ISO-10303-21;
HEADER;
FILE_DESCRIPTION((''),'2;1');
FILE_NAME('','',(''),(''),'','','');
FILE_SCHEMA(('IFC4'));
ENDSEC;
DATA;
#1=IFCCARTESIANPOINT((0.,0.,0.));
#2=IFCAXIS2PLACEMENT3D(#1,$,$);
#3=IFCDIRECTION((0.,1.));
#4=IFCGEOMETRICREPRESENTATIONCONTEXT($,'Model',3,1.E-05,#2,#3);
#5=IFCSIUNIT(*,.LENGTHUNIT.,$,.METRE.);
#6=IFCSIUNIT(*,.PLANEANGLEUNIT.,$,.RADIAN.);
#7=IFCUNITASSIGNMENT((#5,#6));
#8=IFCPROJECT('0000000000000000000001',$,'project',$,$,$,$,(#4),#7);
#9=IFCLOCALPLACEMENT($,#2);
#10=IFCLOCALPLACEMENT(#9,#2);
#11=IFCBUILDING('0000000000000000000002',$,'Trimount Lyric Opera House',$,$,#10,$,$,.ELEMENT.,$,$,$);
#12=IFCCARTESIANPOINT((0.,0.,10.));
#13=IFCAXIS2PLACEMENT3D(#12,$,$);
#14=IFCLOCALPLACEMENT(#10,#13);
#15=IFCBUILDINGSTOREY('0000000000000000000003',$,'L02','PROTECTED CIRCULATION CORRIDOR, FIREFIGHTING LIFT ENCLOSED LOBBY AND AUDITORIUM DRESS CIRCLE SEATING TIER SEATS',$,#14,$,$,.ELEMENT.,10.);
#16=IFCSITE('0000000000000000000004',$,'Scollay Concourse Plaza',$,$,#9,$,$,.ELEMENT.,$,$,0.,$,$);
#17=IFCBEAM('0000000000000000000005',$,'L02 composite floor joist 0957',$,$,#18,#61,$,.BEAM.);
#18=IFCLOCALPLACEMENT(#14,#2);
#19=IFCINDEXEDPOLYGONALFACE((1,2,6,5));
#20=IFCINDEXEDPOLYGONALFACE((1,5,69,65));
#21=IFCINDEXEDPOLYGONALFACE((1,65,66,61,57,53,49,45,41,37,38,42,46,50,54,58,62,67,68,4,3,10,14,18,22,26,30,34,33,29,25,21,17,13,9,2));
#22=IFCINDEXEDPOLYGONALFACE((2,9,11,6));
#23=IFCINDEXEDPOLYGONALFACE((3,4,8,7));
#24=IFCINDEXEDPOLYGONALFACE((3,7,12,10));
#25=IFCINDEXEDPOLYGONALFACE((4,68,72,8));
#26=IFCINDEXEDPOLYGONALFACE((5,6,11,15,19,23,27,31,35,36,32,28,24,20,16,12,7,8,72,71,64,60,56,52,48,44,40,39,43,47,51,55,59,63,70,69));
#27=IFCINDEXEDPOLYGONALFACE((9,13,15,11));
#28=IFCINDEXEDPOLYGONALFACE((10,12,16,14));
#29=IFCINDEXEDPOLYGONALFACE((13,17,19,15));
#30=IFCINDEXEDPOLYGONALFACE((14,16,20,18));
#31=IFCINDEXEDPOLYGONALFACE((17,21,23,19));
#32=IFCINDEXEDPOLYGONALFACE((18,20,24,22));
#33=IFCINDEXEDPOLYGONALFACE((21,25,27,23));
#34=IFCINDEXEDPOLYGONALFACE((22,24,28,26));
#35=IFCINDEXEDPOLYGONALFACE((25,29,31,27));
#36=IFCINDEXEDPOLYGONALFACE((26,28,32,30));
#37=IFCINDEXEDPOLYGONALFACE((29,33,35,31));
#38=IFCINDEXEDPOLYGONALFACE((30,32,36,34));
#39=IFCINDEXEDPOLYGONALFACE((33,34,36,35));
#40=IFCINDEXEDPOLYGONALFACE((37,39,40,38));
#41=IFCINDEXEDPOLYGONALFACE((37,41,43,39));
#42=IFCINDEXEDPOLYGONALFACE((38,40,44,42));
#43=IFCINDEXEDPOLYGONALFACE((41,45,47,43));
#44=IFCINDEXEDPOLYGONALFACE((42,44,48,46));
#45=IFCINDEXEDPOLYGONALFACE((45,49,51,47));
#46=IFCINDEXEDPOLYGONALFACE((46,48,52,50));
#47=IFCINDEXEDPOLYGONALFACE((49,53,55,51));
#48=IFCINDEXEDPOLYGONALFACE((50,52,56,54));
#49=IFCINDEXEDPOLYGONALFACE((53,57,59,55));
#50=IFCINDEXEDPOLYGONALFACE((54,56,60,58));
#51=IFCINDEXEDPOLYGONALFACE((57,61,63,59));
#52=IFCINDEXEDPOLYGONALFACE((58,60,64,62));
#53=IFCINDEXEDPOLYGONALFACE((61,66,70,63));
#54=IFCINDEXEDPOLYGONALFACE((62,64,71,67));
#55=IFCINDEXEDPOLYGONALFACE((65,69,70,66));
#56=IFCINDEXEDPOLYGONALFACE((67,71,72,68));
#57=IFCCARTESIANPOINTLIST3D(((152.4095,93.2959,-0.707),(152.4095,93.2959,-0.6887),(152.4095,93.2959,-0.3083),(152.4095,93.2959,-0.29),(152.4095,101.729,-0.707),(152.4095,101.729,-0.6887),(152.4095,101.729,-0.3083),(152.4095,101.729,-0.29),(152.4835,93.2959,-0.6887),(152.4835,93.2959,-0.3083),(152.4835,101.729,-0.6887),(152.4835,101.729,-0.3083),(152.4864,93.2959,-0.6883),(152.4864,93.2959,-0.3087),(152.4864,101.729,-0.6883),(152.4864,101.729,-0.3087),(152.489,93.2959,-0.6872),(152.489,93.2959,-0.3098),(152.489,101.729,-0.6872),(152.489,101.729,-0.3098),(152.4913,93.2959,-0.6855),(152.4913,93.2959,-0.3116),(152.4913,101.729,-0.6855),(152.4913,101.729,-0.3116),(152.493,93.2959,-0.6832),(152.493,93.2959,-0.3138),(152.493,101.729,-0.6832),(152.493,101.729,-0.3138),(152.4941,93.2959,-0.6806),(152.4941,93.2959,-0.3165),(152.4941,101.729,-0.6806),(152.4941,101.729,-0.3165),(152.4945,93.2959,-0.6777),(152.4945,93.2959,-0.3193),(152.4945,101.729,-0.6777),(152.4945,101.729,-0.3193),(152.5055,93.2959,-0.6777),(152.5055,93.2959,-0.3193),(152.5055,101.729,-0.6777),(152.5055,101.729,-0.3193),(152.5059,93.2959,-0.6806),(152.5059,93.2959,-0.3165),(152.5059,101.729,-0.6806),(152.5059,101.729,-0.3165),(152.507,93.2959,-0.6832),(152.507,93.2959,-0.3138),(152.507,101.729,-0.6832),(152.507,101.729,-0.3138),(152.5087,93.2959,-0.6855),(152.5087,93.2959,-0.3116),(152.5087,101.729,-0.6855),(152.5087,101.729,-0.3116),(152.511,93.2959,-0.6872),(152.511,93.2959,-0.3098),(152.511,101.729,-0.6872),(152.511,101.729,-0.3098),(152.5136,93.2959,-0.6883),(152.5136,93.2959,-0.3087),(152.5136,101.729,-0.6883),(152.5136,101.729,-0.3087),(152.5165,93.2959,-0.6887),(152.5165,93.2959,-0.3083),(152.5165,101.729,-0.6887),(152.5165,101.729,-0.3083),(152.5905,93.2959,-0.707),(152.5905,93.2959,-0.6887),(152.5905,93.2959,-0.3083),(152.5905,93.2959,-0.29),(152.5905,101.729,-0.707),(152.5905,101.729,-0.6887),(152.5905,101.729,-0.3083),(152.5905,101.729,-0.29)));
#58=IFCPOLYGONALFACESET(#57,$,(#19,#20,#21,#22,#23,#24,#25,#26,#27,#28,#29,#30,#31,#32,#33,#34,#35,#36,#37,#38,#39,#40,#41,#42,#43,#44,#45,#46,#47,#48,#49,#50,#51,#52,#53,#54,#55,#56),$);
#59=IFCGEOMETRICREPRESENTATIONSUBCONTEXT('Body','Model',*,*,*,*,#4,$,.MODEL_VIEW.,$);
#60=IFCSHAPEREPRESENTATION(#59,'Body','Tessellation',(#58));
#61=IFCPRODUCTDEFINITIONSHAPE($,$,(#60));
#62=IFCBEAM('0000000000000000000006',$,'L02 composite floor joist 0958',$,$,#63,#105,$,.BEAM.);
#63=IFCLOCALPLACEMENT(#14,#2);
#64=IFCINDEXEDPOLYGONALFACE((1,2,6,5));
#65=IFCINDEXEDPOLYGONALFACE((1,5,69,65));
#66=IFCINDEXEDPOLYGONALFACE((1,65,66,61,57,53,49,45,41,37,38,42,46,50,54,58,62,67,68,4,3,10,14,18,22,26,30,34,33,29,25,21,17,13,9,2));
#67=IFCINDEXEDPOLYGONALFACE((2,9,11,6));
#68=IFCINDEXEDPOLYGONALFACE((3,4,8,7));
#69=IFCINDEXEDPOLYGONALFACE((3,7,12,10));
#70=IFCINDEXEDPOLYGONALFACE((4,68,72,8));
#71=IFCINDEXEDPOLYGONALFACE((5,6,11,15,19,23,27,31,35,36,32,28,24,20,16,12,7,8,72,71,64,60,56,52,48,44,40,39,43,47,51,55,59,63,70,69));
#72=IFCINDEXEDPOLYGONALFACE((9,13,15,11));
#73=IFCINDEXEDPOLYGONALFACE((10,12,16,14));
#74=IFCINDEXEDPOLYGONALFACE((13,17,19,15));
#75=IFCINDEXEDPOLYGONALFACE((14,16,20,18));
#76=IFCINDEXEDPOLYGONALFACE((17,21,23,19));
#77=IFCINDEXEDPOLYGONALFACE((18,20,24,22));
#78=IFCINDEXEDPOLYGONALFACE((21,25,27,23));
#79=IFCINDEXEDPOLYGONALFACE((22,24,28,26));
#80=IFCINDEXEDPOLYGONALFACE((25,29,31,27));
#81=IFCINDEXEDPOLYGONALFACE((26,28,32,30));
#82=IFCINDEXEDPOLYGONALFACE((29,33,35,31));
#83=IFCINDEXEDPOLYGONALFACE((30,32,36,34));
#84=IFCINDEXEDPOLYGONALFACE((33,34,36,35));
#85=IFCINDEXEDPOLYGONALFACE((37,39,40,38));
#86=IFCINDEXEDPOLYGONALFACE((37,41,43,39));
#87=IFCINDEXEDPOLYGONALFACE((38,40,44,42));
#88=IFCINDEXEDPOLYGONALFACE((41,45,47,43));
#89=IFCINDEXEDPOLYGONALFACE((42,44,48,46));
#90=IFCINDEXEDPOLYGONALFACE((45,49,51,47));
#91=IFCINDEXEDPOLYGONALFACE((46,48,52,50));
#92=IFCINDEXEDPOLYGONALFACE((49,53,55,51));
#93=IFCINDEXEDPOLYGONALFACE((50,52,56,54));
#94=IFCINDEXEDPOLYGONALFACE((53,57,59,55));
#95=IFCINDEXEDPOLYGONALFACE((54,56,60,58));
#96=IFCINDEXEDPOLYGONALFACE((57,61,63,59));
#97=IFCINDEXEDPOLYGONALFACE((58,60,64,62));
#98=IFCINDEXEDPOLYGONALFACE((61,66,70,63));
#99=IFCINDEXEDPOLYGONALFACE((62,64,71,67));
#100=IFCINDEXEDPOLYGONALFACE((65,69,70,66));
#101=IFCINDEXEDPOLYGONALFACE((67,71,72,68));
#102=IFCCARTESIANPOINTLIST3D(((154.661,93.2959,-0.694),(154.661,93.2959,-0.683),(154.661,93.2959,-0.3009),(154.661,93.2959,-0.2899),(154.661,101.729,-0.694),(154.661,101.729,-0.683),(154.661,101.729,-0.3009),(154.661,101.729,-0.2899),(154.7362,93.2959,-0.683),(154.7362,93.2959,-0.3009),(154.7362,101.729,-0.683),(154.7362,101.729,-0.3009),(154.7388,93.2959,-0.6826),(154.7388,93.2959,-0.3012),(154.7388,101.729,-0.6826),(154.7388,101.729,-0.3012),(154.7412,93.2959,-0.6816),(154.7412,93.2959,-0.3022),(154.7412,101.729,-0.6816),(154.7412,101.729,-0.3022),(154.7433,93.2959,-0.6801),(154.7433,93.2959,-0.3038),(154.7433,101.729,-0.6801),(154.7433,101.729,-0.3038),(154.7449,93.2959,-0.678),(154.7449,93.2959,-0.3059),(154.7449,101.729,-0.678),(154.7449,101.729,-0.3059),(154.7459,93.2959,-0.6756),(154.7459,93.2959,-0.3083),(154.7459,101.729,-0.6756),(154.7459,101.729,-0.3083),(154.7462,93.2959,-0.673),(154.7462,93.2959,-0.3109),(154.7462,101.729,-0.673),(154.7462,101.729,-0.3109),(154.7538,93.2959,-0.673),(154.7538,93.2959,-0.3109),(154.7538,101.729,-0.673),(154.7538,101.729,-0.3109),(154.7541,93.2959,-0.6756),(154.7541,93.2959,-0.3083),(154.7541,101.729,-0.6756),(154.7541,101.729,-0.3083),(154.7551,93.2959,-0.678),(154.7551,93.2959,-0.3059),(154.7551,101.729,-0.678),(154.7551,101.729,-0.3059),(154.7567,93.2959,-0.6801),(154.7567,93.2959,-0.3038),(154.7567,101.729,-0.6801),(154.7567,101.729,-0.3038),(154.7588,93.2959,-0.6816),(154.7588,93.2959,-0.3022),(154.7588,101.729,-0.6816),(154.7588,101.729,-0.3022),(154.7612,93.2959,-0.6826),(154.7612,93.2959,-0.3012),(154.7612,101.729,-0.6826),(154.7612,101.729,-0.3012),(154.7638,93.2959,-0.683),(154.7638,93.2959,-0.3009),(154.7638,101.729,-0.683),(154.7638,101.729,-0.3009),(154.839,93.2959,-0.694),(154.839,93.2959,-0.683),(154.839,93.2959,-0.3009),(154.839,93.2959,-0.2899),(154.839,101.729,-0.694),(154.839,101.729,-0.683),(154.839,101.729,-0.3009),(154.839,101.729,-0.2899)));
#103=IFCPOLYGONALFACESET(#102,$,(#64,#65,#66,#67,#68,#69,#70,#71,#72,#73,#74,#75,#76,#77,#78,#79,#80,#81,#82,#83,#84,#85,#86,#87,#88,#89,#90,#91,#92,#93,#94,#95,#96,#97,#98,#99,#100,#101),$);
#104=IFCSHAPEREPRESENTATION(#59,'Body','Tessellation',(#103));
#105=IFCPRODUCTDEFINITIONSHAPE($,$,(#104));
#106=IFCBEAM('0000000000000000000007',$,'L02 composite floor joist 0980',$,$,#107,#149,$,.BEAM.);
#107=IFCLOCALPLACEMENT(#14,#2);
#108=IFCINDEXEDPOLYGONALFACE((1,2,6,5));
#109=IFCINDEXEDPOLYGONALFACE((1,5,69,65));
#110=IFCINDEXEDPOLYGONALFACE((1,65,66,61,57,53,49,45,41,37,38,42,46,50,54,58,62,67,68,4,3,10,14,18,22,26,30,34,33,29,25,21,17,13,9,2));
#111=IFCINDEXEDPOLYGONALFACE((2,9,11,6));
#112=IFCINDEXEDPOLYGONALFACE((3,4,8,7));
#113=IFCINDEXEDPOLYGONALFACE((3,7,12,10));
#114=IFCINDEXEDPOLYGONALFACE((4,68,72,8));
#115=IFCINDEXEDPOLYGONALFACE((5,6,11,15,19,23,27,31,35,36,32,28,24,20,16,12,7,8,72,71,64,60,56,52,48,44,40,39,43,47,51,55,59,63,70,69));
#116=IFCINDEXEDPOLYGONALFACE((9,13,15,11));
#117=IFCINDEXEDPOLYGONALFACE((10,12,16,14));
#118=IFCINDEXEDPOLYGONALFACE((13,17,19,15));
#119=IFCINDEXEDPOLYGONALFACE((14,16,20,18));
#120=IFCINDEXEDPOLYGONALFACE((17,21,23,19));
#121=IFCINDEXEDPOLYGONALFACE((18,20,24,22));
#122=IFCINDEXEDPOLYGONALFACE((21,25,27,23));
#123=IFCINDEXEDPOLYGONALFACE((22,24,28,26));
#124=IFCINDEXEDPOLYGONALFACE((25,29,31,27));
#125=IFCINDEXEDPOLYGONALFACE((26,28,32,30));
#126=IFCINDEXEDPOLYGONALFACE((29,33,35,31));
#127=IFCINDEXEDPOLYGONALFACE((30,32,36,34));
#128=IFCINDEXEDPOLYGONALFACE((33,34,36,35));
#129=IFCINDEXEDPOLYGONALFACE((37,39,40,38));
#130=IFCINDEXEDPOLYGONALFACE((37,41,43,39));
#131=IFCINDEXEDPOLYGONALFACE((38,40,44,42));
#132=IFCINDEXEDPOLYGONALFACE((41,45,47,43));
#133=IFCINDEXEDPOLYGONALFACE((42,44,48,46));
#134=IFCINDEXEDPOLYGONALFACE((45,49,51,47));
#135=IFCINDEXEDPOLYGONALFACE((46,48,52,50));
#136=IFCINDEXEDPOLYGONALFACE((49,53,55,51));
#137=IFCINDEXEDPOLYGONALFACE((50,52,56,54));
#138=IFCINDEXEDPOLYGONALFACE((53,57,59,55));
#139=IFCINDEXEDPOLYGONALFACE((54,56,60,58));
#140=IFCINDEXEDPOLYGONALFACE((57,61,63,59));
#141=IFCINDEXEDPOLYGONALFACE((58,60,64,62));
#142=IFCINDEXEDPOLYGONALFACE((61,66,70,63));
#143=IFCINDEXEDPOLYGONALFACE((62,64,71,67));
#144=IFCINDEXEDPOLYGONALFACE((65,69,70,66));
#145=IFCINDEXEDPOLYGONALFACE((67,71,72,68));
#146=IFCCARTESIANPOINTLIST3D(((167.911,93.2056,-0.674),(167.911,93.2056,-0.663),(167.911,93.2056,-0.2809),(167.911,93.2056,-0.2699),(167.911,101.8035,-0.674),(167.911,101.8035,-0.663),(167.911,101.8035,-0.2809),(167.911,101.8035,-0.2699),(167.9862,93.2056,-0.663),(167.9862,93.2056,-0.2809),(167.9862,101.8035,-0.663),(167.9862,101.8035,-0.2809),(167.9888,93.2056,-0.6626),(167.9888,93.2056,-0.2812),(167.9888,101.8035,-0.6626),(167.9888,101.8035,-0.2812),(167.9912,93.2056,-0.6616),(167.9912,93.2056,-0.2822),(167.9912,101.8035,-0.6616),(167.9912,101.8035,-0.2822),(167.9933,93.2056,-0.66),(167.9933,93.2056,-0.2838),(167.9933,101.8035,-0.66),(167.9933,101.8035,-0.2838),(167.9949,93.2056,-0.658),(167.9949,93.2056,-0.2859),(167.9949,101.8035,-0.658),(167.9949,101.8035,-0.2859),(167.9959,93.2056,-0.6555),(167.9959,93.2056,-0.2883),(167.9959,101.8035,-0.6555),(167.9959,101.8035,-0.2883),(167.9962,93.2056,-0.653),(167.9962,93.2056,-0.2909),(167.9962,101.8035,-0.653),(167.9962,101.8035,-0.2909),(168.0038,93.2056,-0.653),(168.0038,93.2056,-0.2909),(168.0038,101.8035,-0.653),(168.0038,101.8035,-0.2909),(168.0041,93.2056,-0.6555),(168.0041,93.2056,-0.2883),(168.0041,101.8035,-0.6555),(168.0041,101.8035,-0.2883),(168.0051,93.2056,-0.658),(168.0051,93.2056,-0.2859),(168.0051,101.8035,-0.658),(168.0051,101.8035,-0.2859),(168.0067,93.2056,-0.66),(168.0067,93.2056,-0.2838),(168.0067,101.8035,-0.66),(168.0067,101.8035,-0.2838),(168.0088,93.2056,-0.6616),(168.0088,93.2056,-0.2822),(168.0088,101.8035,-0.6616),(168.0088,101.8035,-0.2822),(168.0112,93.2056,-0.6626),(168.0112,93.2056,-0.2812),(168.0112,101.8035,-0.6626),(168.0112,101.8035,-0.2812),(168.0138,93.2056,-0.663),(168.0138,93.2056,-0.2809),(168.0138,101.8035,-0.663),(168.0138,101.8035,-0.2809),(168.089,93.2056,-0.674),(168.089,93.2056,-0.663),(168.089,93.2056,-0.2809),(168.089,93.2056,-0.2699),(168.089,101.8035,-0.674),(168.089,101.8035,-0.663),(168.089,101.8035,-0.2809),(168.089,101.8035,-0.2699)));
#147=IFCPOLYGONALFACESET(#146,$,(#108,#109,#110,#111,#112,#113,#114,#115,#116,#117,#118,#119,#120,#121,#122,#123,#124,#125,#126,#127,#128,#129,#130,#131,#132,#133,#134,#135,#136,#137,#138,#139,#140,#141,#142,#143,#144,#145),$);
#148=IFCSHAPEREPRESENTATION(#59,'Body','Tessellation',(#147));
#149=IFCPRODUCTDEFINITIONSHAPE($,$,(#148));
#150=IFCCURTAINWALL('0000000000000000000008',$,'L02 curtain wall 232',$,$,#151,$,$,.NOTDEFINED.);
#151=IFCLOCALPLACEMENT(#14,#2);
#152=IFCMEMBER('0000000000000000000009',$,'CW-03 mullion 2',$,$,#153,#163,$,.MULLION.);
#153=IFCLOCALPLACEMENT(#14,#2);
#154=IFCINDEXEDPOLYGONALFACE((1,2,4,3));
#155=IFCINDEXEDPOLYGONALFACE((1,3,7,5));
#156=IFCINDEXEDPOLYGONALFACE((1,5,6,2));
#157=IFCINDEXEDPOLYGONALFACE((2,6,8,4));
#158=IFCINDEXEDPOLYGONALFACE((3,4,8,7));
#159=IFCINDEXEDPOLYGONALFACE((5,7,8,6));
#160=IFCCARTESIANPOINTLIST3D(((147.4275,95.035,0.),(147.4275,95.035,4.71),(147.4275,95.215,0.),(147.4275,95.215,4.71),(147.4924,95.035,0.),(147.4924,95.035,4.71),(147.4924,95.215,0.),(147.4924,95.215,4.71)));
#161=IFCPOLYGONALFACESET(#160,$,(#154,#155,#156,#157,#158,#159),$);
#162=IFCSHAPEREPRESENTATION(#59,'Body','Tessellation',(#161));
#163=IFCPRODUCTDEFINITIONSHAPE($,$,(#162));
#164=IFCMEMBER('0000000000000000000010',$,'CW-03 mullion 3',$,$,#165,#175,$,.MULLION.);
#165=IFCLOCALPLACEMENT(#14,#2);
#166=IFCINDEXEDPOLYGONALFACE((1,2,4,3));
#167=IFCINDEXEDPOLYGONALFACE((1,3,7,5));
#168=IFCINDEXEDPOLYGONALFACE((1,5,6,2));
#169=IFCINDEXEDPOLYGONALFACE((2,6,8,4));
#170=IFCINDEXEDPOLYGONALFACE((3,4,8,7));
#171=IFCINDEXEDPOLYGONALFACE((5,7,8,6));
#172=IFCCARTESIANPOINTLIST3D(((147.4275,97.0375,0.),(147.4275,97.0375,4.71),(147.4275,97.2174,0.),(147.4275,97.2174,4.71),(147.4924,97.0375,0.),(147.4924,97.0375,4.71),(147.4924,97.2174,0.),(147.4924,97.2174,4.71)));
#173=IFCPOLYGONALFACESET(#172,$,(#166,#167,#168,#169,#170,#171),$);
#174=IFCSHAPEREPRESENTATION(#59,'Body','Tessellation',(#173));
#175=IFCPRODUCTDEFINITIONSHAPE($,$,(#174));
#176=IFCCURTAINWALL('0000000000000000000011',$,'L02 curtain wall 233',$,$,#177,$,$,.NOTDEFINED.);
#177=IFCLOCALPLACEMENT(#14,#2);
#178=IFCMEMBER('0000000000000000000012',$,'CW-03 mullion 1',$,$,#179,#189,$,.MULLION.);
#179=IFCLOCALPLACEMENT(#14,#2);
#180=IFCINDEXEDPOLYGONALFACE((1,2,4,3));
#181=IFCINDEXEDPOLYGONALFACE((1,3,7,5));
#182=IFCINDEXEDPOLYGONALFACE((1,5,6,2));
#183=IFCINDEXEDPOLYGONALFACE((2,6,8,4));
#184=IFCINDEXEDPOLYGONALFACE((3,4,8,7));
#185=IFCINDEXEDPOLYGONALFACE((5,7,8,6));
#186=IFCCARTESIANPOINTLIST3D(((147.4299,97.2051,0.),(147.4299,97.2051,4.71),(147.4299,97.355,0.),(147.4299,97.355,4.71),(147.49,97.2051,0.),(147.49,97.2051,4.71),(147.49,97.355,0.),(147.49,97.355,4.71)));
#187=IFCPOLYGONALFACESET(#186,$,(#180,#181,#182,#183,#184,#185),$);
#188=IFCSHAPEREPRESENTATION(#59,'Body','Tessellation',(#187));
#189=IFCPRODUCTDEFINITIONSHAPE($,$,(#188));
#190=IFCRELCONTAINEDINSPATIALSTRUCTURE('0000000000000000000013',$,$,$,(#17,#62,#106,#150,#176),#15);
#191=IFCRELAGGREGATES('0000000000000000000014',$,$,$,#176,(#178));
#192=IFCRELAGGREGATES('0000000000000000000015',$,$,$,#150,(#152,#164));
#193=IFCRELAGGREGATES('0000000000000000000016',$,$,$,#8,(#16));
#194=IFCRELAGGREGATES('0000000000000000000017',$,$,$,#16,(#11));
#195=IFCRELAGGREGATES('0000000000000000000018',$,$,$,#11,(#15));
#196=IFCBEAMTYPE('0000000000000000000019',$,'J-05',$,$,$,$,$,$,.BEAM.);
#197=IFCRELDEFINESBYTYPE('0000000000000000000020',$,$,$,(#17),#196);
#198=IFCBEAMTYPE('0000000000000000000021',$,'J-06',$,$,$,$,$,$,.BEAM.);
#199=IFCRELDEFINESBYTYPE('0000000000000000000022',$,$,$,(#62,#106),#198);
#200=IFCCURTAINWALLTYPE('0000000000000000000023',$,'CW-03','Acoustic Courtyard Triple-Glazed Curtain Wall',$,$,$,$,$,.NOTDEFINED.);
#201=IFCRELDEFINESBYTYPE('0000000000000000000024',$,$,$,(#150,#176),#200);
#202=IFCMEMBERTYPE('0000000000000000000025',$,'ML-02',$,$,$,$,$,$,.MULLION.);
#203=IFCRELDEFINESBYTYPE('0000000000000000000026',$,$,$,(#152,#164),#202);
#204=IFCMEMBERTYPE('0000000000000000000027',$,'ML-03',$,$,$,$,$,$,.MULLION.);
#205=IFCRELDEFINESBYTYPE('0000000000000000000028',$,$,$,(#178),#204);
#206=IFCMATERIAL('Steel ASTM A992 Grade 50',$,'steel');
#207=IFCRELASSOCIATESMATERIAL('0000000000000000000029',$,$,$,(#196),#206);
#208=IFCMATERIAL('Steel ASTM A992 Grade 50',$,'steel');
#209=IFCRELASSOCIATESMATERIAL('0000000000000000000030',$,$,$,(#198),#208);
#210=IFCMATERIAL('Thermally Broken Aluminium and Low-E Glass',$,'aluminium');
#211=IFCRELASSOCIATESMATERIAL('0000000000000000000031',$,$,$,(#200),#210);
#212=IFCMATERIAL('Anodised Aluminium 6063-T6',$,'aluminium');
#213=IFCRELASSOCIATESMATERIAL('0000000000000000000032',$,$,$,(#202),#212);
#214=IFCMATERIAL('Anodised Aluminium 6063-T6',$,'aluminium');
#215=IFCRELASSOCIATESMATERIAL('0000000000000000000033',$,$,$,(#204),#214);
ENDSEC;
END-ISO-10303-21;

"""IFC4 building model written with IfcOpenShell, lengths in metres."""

from ifc_helpers import new_model, si_unit, direction, frame, origin, origin_2d, place, context, subcontext, project, spatial, rectangle, i_section, extrude, material, material_profile, profile_set, type_object, element, aggregate, save


model = new_model("IFC4")

# Units and contexts
model_context = context("Model", 3, precision=1e-05, world=origin(), true_north=direction((0.0, 1.0)))
body_context = subcontext(model_context, "Body", "Model", "MODEL_VIEW")
ifc_project = project(units=[si_unit("LENGTHUNIT", "METRE"), si_unit("PLANEANGLEUNIT", "RADIAN")], contexts=[model_context])

# Site, building, storey
site_placement = place(None, origin())
site = spatial("IfcSite", under=ifc_project, at=site_placement, Name="Scollay Concourse Plaza", CompositionType="ELEMENT", RefElevation=0.0)
building_placement = place(site_placement, origin())
building = spatial("IfcBuilding", under=site, at=building_placement, Name="Trimount Lyric Opera House", CompositionType="ELEMENT")
storey_placement = place(building_placement, frame((0.0, 0.0, 10.0)))
storey = spatial("IfcBuildingStorey", under=building, at=storey_placement, Name="L02", Description="PROTECTED CIRCULATION CORRIDOR, FIREFIGHTING LIFT ENCLOSED LOBBY AND AUDITORIUM DRESS CIRCLE SEATING TIER SEATS", CompositionType="ELEMENT", Elevation=10.0)

# Beams
ifc_material_1 = material(Name="Steel ASTM A992 Grade 50", Category="steel")
ifc_material_profile_1 = material_profile(ifc_material_1, i_section(OverallWidth=0.1809, OverallDepth=0.417, WebThickness=0.011, FlangeThickness=0.0183, FilletRadius=0.011, at=origin_2d()), Name="W16X57")
ifc_profile_set_1 = profile_set([ifc_material_profile_1], Name="Steel ASTM A992 Grade 50")
beam_type_1 = type_object("IfcBeamType", Name="J-05", PredefinedType="BEAM", material=ifc_profile_set_1)
beam_1_placement = place(storey_placement, frame((152.5, 93.2959, -0.4985), z_axis=(0.0, 1.0, 0.0), x_axis=(-1.0, 0.0, 0.0)))
element("IfcBeam", 1, at=beam_1_placement, inside=storey, type_object=beam_type_1, Name="L02 composite floor joist 0957", PredefinedType="BEAM", context=body_context, shape_type="SweptSolid", body=[
    extrude(i_section(OverallWidth=0.1809, OverallDepth=0.417, WebThickness=0.011, FlangeThickness=0.0183, FilletRadius=0.011, at=origin_2d()), origin(), (0.0, 0.0, 1.0), 8.4331),
])
ifc_material_2 = material(Name="Steel ASTM A992 Grade 50", Category="steel")
ifc_material_profile_2 = material_profile(ifc_material_2, i_section(OverallWidth=0.178, OverallDepth=0.4041, WebThickness=0.0076, FlangeThickness=0.011, FilletRadius=0.01, at=origin_2d()), Name="W16X36")
ifc_profile_set_2 = profile_set([ifc_material_profile_2], Name="Steel ASTM A992 Grade 50")
beam_type_2 = type_object("IfcBeamType", Name="J-06", PredefinedType="BEAM", material=ifc_profile_set_2)
beam_2_placement = place(storey_placement, frame((154.75, 93.2959, -0.4919), z_axis=(0.0, 1.0, 0.0), x_axis=(-1.0, 0.0, 0.0)))
element("IfcBeam", 2, at=beam_2_placement, inside=storey, type_object=beam_type_2, Name="L02 composite floor joist 0958", PredefinedType="BEAM", context=body_context, shape_type="SweptSolid", body=[
    extrude(i_section(OverallWidth=0.178, OverallDepth=0.4041, WebThickness=0.0076, FlangeThickness=0.011, FilletRadius=0.01, at=origin_2d()), origin(), (0.0, 0.0, 1.0), 8.4331),
])
beam_3_placement = place(storey_placement, frame((168.0, 93.2056, -0.4719), z_axis=(0.0, 1.0, 0.0), x_axis=(-1.0, 0.0, 0.0)))
element("IfcBeam", 3, at=beam_3_placement, inside=storey, type_object=beam_type_2, Name="L02 composite floor joist 0980", PredefinedType="BEAM", context=body_context, shape_type="SweptSolid", body=[
    extrude(i_section(OverallWidth=0.178, OverallDepth=0.4041, WebThickness=0.0076, FlangeThickness=0.011, FilletRadius=0.01, at=origin_2d()), origin(), (0.0, 0.0, 1.0), 8.5979),
])

# Curtain wall, members
ifc_material_3 = material(Name="Thermally Broken Aluminium and Low-E Glass", Category="aluminium")
curtain_wall_type = type_object("IfcCurtainWallType", Name="CW-03", Description="Acoustic Courtyard Triple-Glazed Curtain Wall", PredefinedType="NOTDEFINED", material=ifc_material_3)
curtain_wall_1_placement = place(storey_placement, origin())
curtain_wall_1 = element("IfcCurtainWall", 4, at=curtain_wall_1_placement, inside=storey, type_object=curtain_wall_type, Name="L02 curtain wall 232", PredefinedType="NOTDEFINED")
ifc_material_4 = material(Name="Anodised Aluminium 6063-T6", Category="aluminium")
ifc_material_profile_3 = material_profile(ifc_material_4, rectangle(XDim=0.0649, YDim=0.1799, at=origin_2d()), Name="ALU-MULL-65X180")
ifc_profile_set_3 = profile_set([ifc_material_profile_3], Name="Anodised Aluminium 6063-T6")
member_type_1 = type_object("IfcMemberType", Name="ML-02", PredefinedType="MULLION", material=ifc_profile_set_3)
member_1_placement = place(storey_placement, frame((147.46, 95.125, 0.0), z_axis=(0.0, 0.0, 1.0), x_axis=(-1.0, 0.0, 0.0)))
member_1 = element("IfcMember", 5, at=member_1_placement, type_object=member_type_1, Name="CW-03 mullion 2", PredefinedType="MULLION", context=body_context, shape_type="SweptSolid", body=[
    extrude(rectangle(XDim=0.0649, YDim=0.1799, at=origin_2d()), origin(), (0.0, 0.0, 1.0), 4.71),
])
member_2_placement = place(storey_placement, frame((147.46, 97.1274, 0.0), z_axis=(0.0, 0.0, 1.0), x_axis=(-1.0, 0.0, 0.0)))
member_2 = element("IfcMember", 6, at=member_2_placement, type_object=member_type_1, Name="CW-03 mullion 3", PredefinedType="MULLION", context=body_context, shape_type="SweptSolid", body=[
    extrude(rectangle(XDim=0.0649, YDim=0.1799, at=origin_2d()), origin(), (0.0, 0.0, 1.0), 4.71),
])

# Curtain wall, member
curtain_wall_2_placement = place(storey_placement, origin())
curtain_wall_2 = element("IfcCurtainWall", 7, at=curtain_wall_2_placement, inside=storey, type_object=curtain_wall_type, Name="L02 curtain wall 233", PredefinedType="NOTDEFINED")
ifc_material_5 = material(Name="Anodised Aluminium 6063-T6", Category="aluminium")
ifc_material_profile_4 = material_profile(ifc_material_5, rectangle(XDim=0.0601, YDim=0.1499, at=origin_2d()), Name="ALU-MULL-60X150")
ifc_profile_set_4 = profile_set([ifc_material_profile_4], Name="Anodised Aluminium 6063-T6")
member_type_2 = type_object("IfcMemberType", Name="ML-03", PredefinedType="MULLION", material=ifc_profile_set_4)
member_3_placement = place(storey_placement, frame((147.46, 97.28, 0.0), z_axis=(0.0, 0.0, 1.0), x_axis=(-1.0, 0.0, 0.0)))
member_3 = element("IfcMember", 8, at=member_3_placement, type_object=member_type_2, Name="CW-03 mullion 1", PredefinedType="MULLION", context=body_context, shape_type="SweptSolid", body=[
    extrude(rectangle(XDim=0.0601, YDim=0.1499, at=origin_2d()), origin(), (0.0, 0.0, 1.0), 4.71),
])

aggregate(curtain_wall_2, [member_3])

aggregate(curtain_wall_1, [member_1, member_2])

save(model, "model.ifc")
